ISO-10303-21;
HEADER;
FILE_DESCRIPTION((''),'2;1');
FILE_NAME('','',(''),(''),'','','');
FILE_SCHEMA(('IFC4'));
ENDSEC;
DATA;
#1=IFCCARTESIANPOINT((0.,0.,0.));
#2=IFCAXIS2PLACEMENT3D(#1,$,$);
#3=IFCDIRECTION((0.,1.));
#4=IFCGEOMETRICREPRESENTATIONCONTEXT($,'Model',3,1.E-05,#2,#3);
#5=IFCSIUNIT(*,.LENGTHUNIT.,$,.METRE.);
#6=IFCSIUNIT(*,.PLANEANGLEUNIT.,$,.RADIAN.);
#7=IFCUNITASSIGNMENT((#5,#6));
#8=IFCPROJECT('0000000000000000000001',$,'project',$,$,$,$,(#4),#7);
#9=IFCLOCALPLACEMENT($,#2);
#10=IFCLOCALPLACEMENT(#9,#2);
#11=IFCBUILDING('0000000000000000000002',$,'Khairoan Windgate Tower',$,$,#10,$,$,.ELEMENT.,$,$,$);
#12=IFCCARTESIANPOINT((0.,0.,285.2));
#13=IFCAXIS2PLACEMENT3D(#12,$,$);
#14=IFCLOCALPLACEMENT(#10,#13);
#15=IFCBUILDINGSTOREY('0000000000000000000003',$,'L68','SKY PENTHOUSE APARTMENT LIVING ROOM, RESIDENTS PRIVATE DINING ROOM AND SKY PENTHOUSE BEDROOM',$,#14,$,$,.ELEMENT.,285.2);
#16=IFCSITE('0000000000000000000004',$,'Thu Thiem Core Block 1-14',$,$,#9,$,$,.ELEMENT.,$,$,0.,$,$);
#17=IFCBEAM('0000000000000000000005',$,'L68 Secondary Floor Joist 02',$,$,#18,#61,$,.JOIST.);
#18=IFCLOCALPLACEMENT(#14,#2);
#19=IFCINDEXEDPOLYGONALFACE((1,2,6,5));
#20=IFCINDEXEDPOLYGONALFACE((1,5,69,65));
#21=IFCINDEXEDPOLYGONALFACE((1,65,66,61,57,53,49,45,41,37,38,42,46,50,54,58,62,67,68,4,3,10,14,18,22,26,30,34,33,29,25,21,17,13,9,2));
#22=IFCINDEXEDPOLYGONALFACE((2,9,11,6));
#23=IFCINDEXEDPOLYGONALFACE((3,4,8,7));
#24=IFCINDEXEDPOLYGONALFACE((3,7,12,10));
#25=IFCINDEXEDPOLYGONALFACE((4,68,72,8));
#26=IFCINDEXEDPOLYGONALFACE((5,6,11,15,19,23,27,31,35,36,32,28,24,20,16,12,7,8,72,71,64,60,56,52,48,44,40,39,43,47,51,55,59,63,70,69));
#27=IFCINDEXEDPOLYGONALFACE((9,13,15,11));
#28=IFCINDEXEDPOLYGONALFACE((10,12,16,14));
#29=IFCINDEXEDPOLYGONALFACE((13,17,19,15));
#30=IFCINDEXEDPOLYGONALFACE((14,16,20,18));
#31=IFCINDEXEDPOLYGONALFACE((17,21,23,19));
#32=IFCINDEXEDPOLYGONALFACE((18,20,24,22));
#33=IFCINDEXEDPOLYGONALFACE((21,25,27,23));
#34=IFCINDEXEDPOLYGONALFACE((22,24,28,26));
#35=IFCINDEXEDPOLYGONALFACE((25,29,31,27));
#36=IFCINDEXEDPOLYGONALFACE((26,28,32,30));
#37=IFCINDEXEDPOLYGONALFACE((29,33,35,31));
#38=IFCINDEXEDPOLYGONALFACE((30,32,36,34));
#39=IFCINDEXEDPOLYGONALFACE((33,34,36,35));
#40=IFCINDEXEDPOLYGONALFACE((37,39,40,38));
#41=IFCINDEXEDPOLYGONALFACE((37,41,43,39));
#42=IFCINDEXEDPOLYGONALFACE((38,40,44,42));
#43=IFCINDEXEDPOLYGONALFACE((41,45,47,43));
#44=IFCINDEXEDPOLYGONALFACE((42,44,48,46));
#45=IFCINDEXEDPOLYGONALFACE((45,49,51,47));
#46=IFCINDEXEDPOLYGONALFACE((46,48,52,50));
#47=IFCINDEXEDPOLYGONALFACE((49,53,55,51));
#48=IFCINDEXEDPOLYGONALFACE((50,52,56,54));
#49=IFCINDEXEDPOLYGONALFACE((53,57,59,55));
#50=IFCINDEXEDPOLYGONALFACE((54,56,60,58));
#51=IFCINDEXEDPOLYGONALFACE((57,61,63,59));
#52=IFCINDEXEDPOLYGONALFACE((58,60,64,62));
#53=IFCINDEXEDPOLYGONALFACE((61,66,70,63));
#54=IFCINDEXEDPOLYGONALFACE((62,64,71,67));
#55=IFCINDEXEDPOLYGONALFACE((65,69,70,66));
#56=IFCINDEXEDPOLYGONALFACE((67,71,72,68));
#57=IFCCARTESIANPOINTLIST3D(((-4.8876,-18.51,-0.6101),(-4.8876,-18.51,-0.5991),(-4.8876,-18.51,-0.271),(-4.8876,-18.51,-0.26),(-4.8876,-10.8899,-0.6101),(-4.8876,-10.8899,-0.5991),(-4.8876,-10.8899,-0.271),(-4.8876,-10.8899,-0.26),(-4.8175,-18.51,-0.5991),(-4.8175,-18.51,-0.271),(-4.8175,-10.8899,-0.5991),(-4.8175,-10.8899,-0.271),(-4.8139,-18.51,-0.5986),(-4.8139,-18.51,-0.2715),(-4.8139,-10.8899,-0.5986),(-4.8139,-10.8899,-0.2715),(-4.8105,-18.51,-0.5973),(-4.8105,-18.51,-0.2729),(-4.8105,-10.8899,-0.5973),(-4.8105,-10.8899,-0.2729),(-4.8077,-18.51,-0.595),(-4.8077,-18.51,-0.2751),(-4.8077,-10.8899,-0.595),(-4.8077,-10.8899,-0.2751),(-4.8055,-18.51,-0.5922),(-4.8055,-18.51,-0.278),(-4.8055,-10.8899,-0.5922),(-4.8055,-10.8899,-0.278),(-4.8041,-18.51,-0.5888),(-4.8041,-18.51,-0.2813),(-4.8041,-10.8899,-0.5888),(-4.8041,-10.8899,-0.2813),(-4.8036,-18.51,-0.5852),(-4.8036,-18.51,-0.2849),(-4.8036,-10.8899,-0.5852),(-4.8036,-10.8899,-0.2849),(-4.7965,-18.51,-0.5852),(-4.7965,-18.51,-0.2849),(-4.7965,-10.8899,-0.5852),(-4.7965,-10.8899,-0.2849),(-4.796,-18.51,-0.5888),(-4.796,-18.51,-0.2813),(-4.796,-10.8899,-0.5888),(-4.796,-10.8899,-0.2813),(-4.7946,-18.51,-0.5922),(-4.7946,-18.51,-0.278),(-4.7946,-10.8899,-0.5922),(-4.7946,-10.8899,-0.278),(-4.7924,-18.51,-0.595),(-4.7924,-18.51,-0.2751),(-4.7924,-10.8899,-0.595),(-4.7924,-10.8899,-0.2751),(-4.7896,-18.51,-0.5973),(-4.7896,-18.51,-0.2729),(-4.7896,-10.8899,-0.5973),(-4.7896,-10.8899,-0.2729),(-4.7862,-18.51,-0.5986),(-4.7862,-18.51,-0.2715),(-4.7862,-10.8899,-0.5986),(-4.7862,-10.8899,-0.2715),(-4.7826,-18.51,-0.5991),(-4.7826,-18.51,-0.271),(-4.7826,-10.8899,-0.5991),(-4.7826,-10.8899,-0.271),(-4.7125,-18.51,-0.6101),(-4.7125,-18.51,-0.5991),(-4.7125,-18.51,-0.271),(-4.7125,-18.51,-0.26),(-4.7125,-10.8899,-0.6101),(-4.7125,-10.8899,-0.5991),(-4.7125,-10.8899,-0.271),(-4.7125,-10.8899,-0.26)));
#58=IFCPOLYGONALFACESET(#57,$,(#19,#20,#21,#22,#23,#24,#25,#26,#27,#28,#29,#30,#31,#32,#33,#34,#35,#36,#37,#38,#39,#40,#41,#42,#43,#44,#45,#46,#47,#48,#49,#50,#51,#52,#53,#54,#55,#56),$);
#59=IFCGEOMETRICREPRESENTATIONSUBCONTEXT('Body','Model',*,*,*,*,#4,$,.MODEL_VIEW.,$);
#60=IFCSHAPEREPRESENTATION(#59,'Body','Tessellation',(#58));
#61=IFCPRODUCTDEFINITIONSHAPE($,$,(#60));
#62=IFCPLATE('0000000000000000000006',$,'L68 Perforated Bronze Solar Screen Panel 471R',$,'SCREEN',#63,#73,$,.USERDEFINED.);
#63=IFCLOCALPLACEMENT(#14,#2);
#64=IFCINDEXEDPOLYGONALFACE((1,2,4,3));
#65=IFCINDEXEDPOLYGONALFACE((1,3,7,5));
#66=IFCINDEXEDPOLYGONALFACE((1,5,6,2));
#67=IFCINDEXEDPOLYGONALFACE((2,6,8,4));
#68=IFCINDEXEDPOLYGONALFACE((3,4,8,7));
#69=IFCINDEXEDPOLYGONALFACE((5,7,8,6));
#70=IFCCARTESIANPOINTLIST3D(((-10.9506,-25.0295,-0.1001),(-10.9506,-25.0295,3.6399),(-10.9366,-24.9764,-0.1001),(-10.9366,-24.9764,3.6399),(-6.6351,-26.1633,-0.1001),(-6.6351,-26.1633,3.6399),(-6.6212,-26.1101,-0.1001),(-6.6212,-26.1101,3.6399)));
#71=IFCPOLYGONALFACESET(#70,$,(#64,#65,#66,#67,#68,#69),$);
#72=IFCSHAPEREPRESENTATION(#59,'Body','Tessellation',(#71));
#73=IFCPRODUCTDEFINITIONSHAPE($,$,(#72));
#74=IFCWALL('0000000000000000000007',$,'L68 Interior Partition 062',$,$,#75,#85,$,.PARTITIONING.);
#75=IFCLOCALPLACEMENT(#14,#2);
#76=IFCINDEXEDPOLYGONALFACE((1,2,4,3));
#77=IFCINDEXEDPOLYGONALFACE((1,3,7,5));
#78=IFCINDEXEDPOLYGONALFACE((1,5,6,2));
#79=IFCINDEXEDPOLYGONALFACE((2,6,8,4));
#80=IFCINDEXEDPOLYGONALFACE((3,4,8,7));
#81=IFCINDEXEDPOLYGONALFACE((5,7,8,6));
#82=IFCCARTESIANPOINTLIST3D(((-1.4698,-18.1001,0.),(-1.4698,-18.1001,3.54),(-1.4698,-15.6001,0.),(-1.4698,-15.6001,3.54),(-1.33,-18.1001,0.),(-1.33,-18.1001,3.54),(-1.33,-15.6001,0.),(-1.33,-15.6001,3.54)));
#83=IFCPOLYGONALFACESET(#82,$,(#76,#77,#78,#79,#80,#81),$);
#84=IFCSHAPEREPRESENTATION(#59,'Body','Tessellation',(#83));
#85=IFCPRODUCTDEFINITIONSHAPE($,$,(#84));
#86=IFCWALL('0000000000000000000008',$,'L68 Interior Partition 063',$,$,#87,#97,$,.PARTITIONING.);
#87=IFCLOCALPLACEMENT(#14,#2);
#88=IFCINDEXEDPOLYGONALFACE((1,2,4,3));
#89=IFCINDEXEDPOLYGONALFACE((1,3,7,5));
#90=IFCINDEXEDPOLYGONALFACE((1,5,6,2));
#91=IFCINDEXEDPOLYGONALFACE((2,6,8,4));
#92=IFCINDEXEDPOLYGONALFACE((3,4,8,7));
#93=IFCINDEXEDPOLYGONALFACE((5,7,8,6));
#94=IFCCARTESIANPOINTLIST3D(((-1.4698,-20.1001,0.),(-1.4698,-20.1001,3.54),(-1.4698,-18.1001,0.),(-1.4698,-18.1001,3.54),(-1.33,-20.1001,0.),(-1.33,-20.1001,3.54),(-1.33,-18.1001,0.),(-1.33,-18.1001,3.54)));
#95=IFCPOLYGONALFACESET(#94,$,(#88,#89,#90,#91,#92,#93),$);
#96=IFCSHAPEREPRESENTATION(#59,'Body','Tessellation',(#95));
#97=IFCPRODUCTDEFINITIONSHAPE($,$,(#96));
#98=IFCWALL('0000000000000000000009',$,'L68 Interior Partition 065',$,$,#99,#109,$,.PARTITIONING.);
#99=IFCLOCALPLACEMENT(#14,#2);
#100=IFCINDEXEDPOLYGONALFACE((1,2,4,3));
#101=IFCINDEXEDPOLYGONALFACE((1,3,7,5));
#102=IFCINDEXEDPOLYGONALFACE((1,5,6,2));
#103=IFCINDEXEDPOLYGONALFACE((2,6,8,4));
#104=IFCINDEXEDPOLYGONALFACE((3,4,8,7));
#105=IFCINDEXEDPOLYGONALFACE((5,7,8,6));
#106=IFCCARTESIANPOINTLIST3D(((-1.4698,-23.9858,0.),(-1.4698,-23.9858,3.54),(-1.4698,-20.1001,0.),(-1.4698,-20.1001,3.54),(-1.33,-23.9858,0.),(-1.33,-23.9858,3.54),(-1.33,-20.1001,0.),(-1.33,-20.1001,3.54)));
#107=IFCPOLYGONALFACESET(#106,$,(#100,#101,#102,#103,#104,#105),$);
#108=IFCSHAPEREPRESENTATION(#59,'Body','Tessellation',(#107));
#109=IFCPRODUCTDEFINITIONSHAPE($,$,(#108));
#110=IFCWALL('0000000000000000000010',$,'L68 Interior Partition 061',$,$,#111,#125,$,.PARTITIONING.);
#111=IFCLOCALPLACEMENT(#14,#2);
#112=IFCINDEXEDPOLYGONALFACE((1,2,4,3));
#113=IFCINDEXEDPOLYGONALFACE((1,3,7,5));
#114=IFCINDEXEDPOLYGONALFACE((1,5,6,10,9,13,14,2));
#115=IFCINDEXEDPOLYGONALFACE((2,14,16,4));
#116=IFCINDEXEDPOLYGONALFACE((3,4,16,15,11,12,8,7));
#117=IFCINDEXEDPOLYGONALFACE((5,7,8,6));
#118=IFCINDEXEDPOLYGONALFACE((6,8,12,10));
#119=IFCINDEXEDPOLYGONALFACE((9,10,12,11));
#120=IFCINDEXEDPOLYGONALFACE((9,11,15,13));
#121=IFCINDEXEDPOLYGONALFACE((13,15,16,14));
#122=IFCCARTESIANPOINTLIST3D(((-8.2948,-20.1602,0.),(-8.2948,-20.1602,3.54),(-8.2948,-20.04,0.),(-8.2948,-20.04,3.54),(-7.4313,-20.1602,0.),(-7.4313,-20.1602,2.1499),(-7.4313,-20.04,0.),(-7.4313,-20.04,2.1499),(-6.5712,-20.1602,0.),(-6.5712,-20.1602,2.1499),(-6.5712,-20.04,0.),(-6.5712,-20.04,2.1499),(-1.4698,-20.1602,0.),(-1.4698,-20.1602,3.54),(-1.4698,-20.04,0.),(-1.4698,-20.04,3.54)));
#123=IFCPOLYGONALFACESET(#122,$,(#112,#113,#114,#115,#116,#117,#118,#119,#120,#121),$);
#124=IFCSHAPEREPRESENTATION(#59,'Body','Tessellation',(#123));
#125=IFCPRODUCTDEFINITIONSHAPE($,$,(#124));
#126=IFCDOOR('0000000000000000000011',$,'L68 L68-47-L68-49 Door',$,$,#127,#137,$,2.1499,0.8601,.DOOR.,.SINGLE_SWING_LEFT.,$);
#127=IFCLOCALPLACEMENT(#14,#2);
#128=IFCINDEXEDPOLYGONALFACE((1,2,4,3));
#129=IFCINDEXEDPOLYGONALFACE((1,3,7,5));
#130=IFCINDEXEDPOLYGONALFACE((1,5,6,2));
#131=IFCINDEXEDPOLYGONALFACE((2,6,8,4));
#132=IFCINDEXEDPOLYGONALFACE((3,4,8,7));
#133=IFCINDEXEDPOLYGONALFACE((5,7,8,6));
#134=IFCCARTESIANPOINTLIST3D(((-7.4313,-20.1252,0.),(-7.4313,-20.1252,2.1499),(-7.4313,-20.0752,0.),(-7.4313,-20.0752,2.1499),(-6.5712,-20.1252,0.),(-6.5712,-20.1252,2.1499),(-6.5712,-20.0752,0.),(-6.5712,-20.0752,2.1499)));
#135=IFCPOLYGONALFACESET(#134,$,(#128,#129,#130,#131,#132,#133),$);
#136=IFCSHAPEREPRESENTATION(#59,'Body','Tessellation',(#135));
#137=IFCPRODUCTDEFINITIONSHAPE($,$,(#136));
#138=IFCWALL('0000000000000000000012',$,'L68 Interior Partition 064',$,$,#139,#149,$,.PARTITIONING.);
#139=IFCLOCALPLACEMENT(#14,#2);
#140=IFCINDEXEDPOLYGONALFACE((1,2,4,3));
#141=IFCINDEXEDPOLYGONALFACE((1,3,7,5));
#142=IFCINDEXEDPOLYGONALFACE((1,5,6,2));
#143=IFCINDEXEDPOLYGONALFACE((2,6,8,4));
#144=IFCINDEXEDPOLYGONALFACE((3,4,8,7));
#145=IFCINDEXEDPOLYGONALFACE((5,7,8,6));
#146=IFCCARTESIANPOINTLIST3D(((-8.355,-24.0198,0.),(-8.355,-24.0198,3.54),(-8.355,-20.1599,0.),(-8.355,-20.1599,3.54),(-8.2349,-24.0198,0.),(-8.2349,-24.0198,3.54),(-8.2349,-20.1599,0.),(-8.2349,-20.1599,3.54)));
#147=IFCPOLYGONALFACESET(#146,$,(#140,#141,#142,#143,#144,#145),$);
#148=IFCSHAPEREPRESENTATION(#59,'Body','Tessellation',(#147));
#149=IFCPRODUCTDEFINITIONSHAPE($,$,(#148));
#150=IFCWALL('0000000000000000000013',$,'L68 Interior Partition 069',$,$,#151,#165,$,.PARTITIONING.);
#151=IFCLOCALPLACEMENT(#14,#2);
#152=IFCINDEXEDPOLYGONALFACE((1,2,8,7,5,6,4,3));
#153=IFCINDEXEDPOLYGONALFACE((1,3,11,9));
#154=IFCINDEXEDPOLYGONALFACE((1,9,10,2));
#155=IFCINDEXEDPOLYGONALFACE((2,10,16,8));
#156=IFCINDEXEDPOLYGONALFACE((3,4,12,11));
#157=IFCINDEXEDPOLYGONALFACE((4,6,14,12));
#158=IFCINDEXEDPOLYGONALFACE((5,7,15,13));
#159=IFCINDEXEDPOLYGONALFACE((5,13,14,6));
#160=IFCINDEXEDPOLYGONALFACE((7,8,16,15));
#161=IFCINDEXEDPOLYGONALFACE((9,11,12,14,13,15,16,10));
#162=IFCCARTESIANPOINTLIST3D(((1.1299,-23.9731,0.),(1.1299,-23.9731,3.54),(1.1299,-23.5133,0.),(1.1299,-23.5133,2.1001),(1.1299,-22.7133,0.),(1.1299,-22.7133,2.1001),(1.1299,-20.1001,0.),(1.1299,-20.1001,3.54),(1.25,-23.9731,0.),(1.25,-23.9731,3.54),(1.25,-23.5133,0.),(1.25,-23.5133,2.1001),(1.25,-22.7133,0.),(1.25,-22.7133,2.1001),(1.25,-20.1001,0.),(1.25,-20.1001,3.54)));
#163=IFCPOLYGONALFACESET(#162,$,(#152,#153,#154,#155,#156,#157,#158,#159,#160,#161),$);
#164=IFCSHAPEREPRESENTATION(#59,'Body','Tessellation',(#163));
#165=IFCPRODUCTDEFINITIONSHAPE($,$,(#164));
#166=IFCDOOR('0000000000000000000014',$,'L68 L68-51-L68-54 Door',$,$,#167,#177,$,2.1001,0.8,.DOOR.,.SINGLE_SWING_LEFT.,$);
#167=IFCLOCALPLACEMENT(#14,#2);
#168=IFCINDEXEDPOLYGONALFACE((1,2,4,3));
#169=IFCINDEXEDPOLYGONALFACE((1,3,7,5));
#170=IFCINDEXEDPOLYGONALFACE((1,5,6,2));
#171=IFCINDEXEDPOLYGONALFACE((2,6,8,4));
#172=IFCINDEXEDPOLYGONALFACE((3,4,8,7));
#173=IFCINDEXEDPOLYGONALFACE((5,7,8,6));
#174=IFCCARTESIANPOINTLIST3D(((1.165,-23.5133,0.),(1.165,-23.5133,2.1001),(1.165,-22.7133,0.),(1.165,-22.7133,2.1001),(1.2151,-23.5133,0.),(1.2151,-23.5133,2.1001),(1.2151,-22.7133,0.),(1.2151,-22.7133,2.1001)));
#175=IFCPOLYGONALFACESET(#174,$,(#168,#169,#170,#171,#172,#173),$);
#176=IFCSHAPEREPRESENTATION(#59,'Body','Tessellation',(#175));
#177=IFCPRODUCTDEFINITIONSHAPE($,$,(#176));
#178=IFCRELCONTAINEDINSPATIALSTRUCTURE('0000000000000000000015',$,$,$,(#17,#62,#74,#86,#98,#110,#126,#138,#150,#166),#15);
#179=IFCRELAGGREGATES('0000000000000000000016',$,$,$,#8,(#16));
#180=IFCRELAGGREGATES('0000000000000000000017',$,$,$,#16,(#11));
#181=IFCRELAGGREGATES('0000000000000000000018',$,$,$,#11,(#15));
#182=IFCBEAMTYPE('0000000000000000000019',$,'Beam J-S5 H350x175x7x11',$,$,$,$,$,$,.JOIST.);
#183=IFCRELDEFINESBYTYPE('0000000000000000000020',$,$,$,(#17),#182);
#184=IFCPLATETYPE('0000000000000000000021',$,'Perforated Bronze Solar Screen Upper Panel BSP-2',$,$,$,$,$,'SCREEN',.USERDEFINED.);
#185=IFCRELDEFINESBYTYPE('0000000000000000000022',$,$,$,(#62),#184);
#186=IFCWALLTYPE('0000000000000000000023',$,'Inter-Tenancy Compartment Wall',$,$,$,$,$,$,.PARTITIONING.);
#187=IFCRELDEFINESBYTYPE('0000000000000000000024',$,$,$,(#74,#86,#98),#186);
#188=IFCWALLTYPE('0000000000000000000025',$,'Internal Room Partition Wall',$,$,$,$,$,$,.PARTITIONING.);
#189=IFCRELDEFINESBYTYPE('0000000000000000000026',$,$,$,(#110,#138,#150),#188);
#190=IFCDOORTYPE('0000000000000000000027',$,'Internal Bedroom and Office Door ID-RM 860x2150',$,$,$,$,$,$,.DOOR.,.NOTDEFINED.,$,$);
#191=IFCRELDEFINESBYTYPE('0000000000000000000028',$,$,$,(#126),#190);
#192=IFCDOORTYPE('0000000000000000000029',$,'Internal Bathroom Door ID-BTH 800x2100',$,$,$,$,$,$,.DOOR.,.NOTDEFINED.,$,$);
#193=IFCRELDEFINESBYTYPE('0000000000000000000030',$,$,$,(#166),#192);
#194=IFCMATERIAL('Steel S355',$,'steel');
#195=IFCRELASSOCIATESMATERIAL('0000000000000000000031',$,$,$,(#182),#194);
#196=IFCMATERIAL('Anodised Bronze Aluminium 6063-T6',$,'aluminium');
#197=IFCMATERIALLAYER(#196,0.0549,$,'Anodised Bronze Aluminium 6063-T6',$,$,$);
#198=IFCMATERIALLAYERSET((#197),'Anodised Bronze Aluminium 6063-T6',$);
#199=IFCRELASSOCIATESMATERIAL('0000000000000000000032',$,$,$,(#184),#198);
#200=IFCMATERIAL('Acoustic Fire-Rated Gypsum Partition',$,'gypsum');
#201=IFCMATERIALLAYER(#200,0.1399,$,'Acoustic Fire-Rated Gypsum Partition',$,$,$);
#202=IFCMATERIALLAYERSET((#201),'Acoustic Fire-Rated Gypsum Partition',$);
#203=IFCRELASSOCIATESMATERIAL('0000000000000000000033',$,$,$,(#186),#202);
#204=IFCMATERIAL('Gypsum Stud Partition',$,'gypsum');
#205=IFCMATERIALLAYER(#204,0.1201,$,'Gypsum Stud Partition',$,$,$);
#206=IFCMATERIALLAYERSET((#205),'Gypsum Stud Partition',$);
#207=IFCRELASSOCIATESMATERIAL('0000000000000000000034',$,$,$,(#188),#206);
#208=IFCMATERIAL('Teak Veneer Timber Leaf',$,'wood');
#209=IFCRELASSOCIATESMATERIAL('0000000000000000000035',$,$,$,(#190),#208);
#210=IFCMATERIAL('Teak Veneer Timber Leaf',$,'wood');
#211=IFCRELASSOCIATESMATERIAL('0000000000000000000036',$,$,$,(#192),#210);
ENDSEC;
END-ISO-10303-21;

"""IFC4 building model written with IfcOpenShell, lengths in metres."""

from ifc_helpers import new_model, si_unit, direction, frame, frame_2d, origin, origin_2d, place, context, subcontext, project, spatial, rectangle, i_section, extrude, material, layer, layer_set, material_profile, profile_set, type_object, element, fill, save


model = new_model("IFC4")

# Units and contexts
model_context = context("Model", 3, precision=1e-05, world=origin(), true_north=direction((0.0, 1.0)))
body_context = subcontext(model_context, "Body", "Model", "MODEL_VIEW")
ifc_project = project(units=[si_unit("LENGTHUNIT", "METRE"), si_unit("PLANEANGLEUNIT", "RADIAN")], contexts=[model_context])

# Site, building, storey
site_placement = place(None, origin())
site = spatial("IfcSite", under=ifc_project, at=site_placement, Name="Thu Thiem Core Block 1-14", CompositionType="ELEMENT", RefElevation=0.0)
building_placement = place(site_placement, origin())
building = spatial("IfcBuilding", under=site, at=building_placement, Name="Khairoan Windgate Tower", CompositionType="ELEMENT")
storey_placement = place(building_placement, frame((0.0, 0.0, 285.2)))
storey = spatial("IfcBuildingStorey", under=building, at=storey_placement, Name="L68", Description="SKY PENTHOUSE APARTMENT LIVING ROOM, RESIDENTS PRIVATE DINING ROOM AND SKY PENTHOUSE BEDROOM", CompositionType="ELEMENT", Elevation=285.2)

# Beam
ifc_material_1 = material(Name="Steel S355", Category="steel")
ifc_material_profile_1 = material_profile(ifc_material_1, i_section(OverallWidth=0.175, OverallDepth=0.3501, WebThickness=0.0071, FlangeThickness=0.011, FilletRadius=0.0139, at=origin_2d()))
ifc_profile_set_1 = profile_set([ifc_material_profile_1], Name="Steel S355")
beam_type_1 = type_object("IfcBeamType", Name="Beam J-S5 H350x175x7x11", PredefinedType="JOIST", material=ifc_profile_set_1)
beam_1_placement = place(storey_placement, frame((-4.8, -18.51, -0.4351), z_axis=(0.0, 1.0, 0.0), x_axis=(-1.0, 0.0, 0.0)))
element("IfcBeam", 1, at=beam_1_placement, inside=storey, type_object=beam_type_1, Name="L68 Secondary Floor Joist 02", PredefinedType="JOIST", context=body_context, shape_type="SweptSolid", body=[
    extrude(i_section(OverallWidth=0.175, OverallDepth=0.3501, WebThickness=0.0071, FlangeThickness=0.011, FilletRadius=0.0139, at=origin_2d()), origin(), (0.0, 0.0, 1.0), 7.6201),
])

# Plate
ifc_material_2 = material(Name="Anodised Bronze Aluminium 6063-T6", Category="aluminium")
ifc_layer_1 = layer(ifc_material_2, 0.0549, Name="Anodised Bronze Aluminium 6063-T6")
ifc_layer_set_1 = layer_set([ifc_layer_1], Name="Anodised Bronze Aluminium 6063-T6")
plate_type = type_object("IfcPlateType", Name="Perforated Bronze Solar Screen Upper Panel BSP-2", ElementType="SCREEN", PredefinedType="USERDEFINED", material=ifc_layer_set_1)
plate_placement = place(storey_placement, frame((-8.7859, -25.5698, -0.1001), z_axis=(0.0, 0.0, 1.0), x_axis=(-0.967179, 0.254096, 0.0)))
element("IfcPlate", 2, at=plate_placement, inside=storey, type_object=plate_type, Name="L68 Perforated Bronze Solar Screen Panel 471R", ObjectType="SCREEN", PredefinedType="USERDEFINED", context=body_context, shape_type="SweptSolid", body=[
    extrude(rectangle(XDim=4.4619, YDim=0.0549, at=origin_2d()), origin(), (0.0, 0.0, 1.0), 3.74),
])

# Walls
ifc_material_3 = material(Name="Acoustic Fire-Rated Gypsum Partition", Category="gypsum")
ifc_layer_2 = layer(ifc_material_3, 0.1399, Name="Acoustic Fire-Rated Gypsum Partition")
ifc_layer_set_2 = layer_set([ifc_layer_2], Name="Acoustic Fire-Rated Gypsum Partition")
wall_type_1 = type_object("IfcWallType", Name="Inter-Tenancy Compartment Wall", PredefinedType="PARTITIONING", material=ifc_layer_set_2)
wall_1_placement = place(storey_placement, frame((-1.3999, -18.1001, 0.0), z_axis=(0.0, 0.0, 1.0), x_axis=(0.0, 1.0, 0.0)))
element("IfcWall", 3, at=wall_1_placement, inside=storey, type_object=wall_type_1, Name="L68 Interior Partition 062", PredefinedType="PARTITIONING", context=body_context, shape_type="SweptSolid", body=[
    extrude(rectangle(XDim=2.5, YDim=0.1399, at=frame_2d((1.25, 0.0))), origin(), (0.0, 0.0, 1.0), 3.54),
])
wall_2_placement = place(storey_placement, frame((-1.3999, -20.1001, 0.0), z_axis=(0.0, 0.0, 1.0), x_axis=(0.0, 1.0, 0.0)))
element("IfcWall", 4, at=wall_2_placement, inside=storey, type_object=wall_type_1, Name="L68 Interior Partition 063", PredefinedType="PARTITIONING", context=body_context, shape_type="SweptSolid", body=[
    extrude(rectangle(XDim=2.0, YDim=0.1399, at=frame_2d((1.0, 0.0))), origin(), (0.0, 0.0, 1.0), 3.54),
])
wall_3_placement = place(storey_placement, frame((-1.3999, -23.9858, 0.0), z_axis=(0.0, 0.0, 1.0), x_axis=(0.0, 1.0, 0.0)))
element("IfcWall", 5, at=wall_3_placement, inside=storey, type_object=wall_type_1, Name="L68 Interior Partition 065", PredefinedType="PARTITIONING", context=body_context, shape_type="SweptSolid", body=[
    extrude(rectangle(XDim=3.8857, YDim=0.1399, at=frame_2d((1.9429, 0.0))), origin(), (0.0, 0.0, 1.0), 3.54),
])

# Wall, opening, door
ifc_material_4 = material(Name="Gypsum Stud Partition", Category="gypsum")
ifc_layer_3 = layer(ifc_material_4, 0.1201, Name="Gypsum Stud Partition")
ifc_layer_set_3 = layer_set([ifc_layer_3], Name="Gypsum Stud Partition")
wall_type_2 = type_object("IfcWallType", Name="Internal Room Partition Wall", PredefinedType="PARTITIONING", material=ifc_layer_set_3)
wall_4_placement = place(storey_placement, frame((-8.2949, -20.1001, 0.0), z_axis=(0.0, 0.0, 1.0), x_axis=(1.0, 0.0, 0.0)))
wall_4 = element("IfcWall", 6, at=wall_4_placement, inside=storey, type_object=wall_type_2, Name="L68 Interior Partition 061", PredefinedType="PARTITIONING", context=body_context, shape_type="SweptSolid", body=[
    extrude(rectangle(XDim=6.825, YDim=0.1201, at=frame_2d((3.4126, 0.0))), origin(), (0.0, 0.0, 1.0), 3.54),
])
opening_1_placement = place(wall_4_placement, frame((0.8635, 0.0, 0.0)))
opening_1 = element("IfcOpeningElement", 7, at=opening_1_placement, cuts=wall_4, PredefinedType="OPENING", context=body_context, shape_type="SweptSolid", body=[
    extrude(rectangle(XDim=0.8601, YDim=2.1499, at=frame_2d((0.4302, 1.075))), frame((0.0, 0.0701, 0.0), z_axis=(0.0, -1.0, 0.0), x_axis=(1.0, 0.0, 0.0)), (0.0, 0.0, 1.0), 0.1401),
])
ifc_material_5 = material(Name="Teak Veneer Timber Leaf", Category="wood")
door_type_1 = type_object("IfcDoorType", Name="Internal Bedroom and Office Door ID-RM 860x2150", OperationType="NOTDEFINED", PredefinedType="DOOR", material=ifc_material_5)
door_1_placement = place(opening_1_placement, origin())
door_1 = element("IfcDoor", 8, at=door_1_placement, inside=storey, type_object=door_type_1, Name="L68 L68-47-L68-49 Door", OperationType="SINGLE_SWING_LEFT", OverallHeight=2.1499, OverallWidth=0.8601, PredefinedType="DOOR", context=body_context, shape_type="SweptSolid", body=[
    extrude(rectangle(XDim=0.8601, YDim=2.1499, at=frame_2d((0.4302, 1.075))), frame((0.0, 0.0249, 0.0), z_axis=(0.0, -1.0, 0.0), x_axis=(1.0, 0.0, 0.0)), (0.0, 0.0, 1.0), 0.05),
])
fill(opening_1, door_1)

# Wall
wall_5_placement = place(storey_placement, frame((-8.2949, -24.0198, 0.0), z_axis=(0.0, 0.0, 1.0), x_axis=(0.0, 1.0, 0.0)))
element("IfcWall", 9, at=wall_5_placement, inside=storey, type_object=wall_type_2, Name="L68 Interior Partition 064", PredefinedType="PARTITIONING", context=body_context, shape_type="SweptSolid", body=[
    extrude(rectangle(XDim=3.8599, YDim=0.1201, at=frame_2d((1.9299, 0.0))), origin(), (0.0, 0.0, 1.0), 3.54),
])

# Wall, opening, door
wall_6_placement = place(storey_placement, frame((1.1899, -23.9731, 0.0), z_axis=(0.0, 0.0, 1.0), x_axis=(0.0, 1.0, 0.0)))
wall_6 = element("IfcWall", 10, at=wall_6_placement, inside=storey, type_object=wall_type_2, Name="L68 Interior Partition 069", PredefinedType="PARTITIONING", context=body_context, shape_type="SweptSolid", body=[
    extrude(rectangle(XDim=3.873, YDim=0.1201, at=frame_2d((1.9365, 0.0))), origin(), (0.0, 0.0, 1.0), 3.54),
])
opening_2_placement = place(wall_6_placement, frame((0.46, 0.0, 0.0)))
opening_2 = element("IfcOpeningElement", 11, at=opening_2_placement, cuts=wall_6, PredefinedType="OPENING", context=body_context, shape_type="SweptSolid", body=[
    extrude(rectangle(XDim=0.8, YDim=2.1001, at=frame_2d((0.3999, 1.05))), frame((0.0, 0.0701, 0.0), z_axis=(0.0, -1.0, 0.0), x_axis=(1.0, 0.0, 0.0)), (0.0, 0.0, 1.0), 0.1401),
])
ifc_material_6 = material(Name="Teak Veneer Timber Leaf", Category="wood")
door_type_2 = type_object("IfcDoorType", Name="Internal Bathroom Door ID-BTH 800x2100", OperationType="NOTDEFINED", PredefinedType="DOOR", material=ifc_material_6)
door_2_placement = place(opening_2_placement, origin())
door_2 = element("IfcDoor", 12, at=door_2_placement, inside=storey, type_object=door_type_2, Name="L68 L68-51-L68-54 Door", OperationType="SINGLE_SWING_LEFT", OverallHeight=2.1001, OverallWidth=0.8, PredefinedType="DOOR", context=body_context, shape_type="SweptSolid", body=[
    extrude(rectangle(XDim=0.8, YDim=2.1001, at=frame_2d((0.3999, 1.05))), frame((0.0, 0.0249, 0.0), z_axis=(0.0, -1.0, 0.0), x_axis=(1.0, 0.0, 0.0)), (0.0, 0.0, 1.0), 0.05),
])
fill(opening_2, door_2)

save(model, "model.ifc")
